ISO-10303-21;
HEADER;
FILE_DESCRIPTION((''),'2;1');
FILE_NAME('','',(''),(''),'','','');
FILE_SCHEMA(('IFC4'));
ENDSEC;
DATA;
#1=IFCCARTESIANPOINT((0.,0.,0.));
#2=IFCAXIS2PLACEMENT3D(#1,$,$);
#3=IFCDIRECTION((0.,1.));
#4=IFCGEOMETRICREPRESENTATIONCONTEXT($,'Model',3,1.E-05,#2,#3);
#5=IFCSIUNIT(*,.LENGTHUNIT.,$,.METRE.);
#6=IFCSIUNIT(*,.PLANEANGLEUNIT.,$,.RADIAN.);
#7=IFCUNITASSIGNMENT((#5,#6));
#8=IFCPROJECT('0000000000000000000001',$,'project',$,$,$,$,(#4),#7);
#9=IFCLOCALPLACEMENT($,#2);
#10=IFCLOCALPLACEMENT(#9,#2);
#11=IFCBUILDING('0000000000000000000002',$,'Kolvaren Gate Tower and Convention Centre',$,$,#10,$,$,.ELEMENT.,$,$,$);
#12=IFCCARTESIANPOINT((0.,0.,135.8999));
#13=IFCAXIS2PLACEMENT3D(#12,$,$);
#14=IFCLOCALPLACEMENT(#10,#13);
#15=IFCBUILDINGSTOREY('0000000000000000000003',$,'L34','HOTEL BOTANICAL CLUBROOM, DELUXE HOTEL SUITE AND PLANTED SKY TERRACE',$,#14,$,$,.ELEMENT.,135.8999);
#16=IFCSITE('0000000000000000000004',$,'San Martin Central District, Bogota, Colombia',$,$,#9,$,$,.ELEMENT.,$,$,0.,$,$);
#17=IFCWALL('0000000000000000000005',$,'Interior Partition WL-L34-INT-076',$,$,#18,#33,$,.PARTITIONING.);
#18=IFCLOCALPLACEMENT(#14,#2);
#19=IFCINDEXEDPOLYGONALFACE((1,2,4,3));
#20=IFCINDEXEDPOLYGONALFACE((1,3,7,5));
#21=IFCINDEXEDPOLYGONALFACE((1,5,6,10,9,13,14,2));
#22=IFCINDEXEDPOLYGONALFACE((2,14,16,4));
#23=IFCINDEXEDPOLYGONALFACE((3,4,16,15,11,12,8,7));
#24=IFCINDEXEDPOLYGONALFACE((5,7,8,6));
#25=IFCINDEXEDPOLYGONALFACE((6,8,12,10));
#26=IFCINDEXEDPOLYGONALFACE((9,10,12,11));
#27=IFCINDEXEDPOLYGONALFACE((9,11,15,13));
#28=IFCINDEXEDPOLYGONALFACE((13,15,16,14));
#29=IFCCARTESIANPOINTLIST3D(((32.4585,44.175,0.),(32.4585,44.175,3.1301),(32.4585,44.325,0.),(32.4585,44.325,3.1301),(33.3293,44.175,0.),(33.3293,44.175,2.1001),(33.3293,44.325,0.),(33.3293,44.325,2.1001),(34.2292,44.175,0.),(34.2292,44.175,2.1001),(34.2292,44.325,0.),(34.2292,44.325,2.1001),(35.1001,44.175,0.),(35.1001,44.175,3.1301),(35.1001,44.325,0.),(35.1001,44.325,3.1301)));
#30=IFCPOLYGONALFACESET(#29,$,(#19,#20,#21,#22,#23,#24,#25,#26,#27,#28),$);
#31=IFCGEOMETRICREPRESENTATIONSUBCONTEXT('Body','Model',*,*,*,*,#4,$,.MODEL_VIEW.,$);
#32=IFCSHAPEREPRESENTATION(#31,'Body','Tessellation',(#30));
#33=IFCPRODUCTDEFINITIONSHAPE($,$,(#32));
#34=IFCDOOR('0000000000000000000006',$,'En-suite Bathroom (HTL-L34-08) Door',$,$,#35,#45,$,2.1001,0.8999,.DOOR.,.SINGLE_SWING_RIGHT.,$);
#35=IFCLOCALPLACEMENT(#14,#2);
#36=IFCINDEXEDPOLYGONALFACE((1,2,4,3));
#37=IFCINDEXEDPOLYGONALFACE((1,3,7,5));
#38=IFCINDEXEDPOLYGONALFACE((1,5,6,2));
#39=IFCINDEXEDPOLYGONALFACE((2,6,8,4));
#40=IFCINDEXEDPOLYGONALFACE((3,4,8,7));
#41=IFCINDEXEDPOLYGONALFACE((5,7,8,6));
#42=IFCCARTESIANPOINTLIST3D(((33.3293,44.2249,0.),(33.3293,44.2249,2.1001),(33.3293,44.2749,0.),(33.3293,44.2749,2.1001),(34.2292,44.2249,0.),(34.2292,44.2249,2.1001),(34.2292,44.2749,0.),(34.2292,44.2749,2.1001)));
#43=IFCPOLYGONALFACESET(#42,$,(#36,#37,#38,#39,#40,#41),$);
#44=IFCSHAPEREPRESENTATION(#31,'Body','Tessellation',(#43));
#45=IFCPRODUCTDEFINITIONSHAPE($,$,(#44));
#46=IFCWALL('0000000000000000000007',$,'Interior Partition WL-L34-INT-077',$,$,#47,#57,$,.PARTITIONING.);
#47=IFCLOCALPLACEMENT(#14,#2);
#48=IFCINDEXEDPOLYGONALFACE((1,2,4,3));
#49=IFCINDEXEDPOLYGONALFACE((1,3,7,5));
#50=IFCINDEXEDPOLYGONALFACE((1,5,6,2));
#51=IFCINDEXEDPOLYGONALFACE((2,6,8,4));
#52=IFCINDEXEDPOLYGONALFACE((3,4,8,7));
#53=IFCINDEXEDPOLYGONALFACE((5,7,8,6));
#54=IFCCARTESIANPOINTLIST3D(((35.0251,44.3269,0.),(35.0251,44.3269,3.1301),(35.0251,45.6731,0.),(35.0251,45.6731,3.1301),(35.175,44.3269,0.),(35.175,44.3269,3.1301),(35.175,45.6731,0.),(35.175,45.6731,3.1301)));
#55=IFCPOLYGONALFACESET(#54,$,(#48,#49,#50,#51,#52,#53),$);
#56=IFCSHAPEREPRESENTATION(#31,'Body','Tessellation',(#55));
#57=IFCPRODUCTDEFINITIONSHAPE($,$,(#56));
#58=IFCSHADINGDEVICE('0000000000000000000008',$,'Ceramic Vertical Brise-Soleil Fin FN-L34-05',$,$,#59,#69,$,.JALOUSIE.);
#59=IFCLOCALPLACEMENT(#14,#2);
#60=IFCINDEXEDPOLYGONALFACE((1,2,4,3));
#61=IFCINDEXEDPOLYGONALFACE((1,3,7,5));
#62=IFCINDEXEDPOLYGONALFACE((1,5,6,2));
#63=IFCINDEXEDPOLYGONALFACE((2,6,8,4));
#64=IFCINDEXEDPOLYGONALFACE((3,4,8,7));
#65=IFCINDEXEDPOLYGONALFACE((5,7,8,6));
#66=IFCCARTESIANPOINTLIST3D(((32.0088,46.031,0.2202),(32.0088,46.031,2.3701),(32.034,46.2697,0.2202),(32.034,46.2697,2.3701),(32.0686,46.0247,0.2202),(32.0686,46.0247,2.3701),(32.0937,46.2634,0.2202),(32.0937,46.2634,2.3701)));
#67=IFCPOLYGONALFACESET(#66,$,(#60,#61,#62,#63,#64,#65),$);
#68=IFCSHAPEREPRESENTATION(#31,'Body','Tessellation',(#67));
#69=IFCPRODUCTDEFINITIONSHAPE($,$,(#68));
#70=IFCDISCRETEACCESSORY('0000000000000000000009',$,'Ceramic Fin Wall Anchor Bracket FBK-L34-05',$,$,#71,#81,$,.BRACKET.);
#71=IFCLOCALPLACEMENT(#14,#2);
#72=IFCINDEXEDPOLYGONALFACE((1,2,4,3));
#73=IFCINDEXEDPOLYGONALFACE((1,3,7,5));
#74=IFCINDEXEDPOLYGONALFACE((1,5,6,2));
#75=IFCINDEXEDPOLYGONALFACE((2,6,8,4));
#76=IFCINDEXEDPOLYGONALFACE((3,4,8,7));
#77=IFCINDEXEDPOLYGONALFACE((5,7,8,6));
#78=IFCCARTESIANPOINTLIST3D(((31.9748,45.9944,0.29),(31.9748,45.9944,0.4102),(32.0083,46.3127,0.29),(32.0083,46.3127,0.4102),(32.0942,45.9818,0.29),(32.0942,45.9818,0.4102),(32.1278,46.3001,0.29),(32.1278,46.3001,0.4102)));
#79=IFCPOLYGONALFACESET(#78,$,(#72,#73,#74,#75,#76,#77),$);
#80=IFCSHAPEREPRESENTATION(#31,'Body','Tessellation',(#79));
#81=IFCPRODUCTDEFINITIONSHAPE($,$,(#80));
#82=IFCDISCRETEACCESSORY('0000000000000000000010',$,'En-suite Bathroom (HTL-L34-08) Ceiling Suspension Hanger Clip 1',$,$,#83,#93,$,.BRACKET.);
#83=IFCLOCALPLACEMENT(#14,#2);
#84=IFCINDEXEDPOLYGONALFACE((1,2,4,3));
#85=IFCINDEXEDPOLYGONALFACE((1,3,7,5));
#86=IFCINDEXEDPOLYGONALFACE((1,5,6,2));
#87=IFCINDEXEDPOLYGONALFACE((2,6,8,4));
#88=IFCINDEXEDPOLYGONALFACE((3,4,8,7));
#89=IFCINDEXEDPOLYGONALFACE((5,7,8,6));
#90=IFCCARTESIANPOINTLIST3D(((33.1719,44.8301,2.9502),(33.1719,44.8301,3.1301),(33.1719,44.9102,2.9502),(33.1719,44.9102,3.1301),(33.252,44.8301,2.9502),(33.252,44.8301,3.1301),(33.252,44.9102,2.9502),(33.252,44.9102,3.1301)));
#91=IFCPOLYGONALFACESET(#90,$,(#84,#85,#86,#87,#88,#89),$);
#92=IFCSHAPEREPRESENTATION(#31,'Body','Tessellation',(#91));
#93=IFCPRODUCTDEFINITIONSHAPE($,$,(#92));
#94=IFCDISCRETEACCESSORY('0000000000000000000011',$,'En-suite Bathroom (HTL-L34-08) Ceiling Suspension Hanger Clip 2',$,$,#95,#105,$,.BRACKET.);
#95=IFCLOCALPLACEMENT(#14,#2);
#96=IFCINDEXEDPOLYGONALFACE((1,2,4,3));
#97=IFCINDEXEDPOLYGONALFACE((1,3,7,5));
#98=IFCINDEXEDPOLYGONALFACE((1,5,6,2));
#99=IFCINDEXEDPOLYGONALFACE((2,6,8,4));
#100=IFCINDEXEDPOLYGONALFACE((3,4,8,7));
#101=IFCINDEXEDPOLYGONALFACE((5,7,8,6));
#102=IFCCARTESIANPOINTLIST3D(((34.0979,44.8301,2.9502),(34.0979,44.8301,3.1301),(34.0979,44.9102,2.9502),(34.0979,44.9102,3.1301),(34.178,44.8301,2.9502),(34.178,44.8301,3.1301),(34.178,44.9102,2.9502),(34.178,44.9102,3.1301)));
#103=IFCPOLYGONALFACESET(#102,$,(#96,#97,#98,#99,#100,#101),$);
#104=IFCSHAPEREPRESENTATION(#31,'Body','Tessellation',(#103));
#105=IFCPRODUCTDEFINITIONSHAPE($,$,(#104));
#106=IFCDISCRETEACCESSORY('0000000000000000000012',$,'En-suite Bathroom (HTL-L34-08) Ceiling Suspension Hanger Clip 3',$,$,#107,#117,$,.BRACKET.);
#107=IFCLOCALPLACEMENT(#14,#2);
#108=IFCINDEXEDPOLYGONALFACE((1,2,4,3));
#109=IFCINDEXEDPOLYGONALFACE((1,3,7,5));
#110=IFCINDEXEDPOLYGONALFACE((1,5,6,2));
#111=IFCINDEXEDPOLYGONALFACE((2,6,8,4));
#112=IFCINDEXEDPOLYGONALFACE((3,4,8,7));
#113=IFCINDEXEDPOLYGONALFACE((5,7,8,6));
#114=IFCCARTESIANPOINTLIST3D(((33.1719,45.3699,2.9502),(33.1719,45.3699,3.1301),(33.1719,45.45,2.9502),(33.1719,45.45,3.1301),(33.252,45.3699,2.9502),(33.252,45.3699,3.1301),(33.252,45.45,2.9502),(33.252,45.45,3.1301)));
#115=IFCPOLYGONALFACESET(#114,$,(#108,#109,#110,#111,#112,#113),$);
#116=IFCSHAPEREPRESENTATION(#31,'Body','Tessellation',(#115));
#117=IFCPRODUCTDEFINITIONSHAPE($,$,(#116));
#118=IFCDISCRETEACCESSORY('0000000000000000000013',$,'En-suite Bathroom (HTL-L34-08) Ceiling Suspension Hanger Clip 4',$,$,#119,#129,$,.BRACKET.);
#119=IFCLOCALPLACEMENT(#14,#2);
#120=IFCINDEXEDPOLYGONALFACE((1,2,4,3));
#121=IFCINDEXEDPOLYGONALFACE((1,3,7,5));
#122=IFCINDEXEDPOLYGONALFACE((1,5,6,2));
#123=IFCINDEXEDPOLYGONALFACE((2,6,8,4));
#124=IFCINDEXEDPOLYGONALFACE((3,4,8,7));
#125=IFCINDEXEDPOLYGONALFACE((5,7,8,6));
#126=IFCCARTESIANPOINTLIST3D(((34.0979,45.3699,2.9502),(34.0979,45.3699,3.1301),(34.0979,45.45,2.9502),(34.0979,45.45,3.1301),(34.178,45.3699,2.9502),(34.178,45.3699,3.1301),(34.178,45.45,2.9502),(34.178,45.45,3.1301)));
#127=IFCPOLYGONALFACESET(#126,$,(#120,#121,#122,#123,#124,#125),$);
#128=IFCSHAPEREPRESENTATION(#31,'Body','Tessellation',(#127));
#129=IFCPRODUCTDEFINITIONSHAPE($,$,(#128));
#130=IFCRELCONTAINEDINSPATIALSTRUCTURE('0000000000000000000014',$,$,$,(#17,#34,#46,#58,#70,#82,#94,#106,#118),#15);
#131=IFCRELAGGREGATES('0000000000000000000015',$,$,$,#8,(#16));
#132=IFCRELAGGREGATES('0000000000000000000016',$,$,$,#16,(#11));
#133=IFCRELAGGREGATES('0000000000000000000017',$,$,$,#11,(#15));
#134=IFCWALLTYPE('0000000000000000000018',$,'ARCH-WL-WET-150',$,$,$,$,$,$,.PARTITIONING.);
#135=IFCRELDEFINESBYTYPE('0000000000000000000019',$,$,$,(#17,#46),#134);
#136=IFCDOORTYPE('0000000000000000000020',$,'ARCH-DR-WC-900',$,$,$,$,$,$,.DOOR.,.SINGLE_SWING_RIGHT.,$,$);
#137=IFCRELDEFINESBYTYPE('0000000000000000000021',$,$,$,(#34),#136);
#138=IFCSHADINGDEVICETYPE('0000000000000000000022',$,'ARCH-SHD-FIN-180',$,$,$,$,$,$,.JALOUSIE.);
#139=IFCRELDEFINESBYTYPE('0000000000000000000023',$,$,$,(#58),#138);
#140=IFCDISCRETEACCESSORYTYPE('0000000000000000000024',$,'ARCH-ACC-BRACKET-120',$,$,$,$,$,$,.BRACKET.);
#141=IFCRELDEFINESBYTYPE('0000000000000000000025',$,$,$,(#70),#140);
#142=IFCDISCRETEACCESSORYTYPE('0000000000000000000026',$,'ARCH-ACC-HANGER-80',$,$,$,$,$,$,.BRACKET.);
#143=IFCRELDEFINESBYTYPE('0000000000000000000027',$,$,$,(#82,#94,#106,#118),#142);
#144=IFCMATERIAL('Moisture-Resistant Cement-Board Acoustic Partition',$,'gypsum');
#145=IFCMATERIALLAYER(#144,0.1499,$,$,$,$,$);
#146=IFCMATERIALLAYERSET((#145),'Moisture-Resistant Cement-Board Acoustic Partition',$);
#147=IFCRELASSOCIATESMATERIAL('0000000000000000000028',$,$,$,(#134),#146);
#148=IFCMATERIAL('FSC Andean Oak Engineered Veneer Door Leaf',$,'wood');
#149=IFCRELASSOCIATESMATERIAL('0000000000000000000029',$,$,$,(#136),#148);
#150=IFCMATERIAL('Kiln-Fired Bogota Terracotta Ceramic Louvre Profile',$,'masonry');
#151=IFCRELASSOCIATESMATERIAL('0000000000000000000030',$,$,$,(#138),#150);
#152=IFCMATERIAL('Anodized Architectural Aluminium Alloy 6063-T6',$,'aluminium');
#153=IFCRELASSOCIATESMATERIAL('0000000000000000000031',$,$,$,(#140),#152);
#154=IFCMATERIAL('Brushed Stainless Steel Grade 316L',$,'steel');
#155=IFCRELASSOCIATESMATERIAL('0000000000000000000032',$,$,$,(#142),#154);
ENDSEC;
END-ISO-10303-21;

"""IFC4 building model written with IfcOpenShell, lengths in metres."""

from ifc_helpers import new_model, si_unit, direction, frame, frame_2d, origin, origin_2d, place, context, subcontext, project, spatial, rectangle, extrude, material, layer, layer_set, type_object, element, fill, save


model = new_model("IFC4")

# Units and contexts
model_context = context("Model", 3, precision=1e-05, world=origin(), true_north=direction((0.0, 1.0)))
body_context = subcontext(model_context, "Body", "Model", "MODEL_VIEW")
ifc_project = project(units=[si_unit("LENGTHUNIT", "METRE"), si_unit("PLANEANGLEUNIT", "RADIAN")], contexts=[model_context])

# Site, building, storey
site_placement = place(None, origin())
site = spatial("IfcSite", under=ifc_project, at=site_placement, Name="San Martin Central District, Bogota, Colombia", CompositionType="ELEMENT", RefElevation=0.0)
building_placement = place(site_placement, origin())
building = spatial("IfcBuilding", under=site, at=building_placement, Name="Kolvaren Gate Tower and Convention Centre", CompositionType="ELEMENT")
storey_placement = place(building_placement, frame((0.0, 0.0, 135.8999)))
storey = spatial("IfcBuildingStorey", under=building, at=storey_placement, Name="L34", Description="HOTEL BOTANICAL CLUBROOM, DELUXE HOTEL SUITE AND PLANTED SKY TERRACE", CompositionType="ELEMENT", Elevation=135.8999)

# Shared definitions
ifc_material_1 = material(Name="Anodized Architectural Aluminium Alloy 6063-T6", Category="aluminium")

# Wall, opening, door
ifc_material_2 = material(Name="Moisture-Resistant Cement-Board Acoustic Partition", Category="gypsum")
ifc_layer_1 = layer(ifc_material_2, 0.1499)
ifc_layer_set_1 = layer_set([ifc_layer_1], Name="Moisture-Resistant Cement-Board Acoustic Partition")
wall_type_1 = type_object("IfcWallType", Name="ARCH-WL-WET-150", PredefinedType="PARTITIONING", material=ifc_layer_set_1)
wall_1_placement = place(storey_placement, frame((32.4585, 44.25, 0.0), z_axis=(0.0, 0.0, 1.0), x_axis=(1.0, 0.0, 0.0)))
wall_1 = element("IfcWall", 1, at=wall_1_placement, inside=storey, type_object=wall_type_1, Name="Interior Partition WL-L34-INT-076", PredefinedType="PARTITIONING", context=body_context, shape_type="SweptSolid", body=[
    extrude(rectangle(XDim=2.6416, YDim=0.1499, at=frame_2d((1.3208, 0.0))), origin(), (0.0, 0.0, 1.0), 3.1301),
])
opening_1_placement = place(wall_1_placement, frame((0.8708, 0.0, 0.0)))
opening_1 = element("IfcOpeningElement", 2, at=opening_1_placement, cuts=wall_1, PredefinedType="OPENING", context=body_context, shape_type="SweptSolid", body=[
    extrude(rectangle(XDim=0.8999, YDim=2.1001, at=frame_2d((0.45, 1.05))), frame((0.0, 0.085, 0.0), z_axis=(0.0, -1.0, 0.0), x_axis=(1.0, 0.0, 0.0)), (0.0, 0.0, 1.0), 0.1699),
])
ifc_material_3 = material(Name="FSC Andean Oak Engineered Veneer Door Leaf", Category="wood")
door_type_1 = type_object("IfcDoorType", Name="ARCH-DR-WC-900", OperationType="SINGLE_SWING_RIGHT", PredefinedType="DOOR", material=ifc_material_3)
door_1_placement = place(opening_1_placement, origin())
door_1 = element("IfcDoor", 3, at=door_1_placement, inside=storey, type_object=door_type_1, Name="En-suite Bathroom (HTL-L34-08) Door", OperationType="SINGLE_SWING_RIGHT", OverallHeight=2.1001, OverallWidth=0.8999, PredefinedType="DOOR", context=body_context, shape_type="SweptSolid", body=[
    extrude(rectangle(XDim=0.8999, YDim=2.1001, at=frame_2d((0.45, 1.05))), frame((0.0, 0.0249, 0.0), z_axis=(0.0, -1.0, 0.0), x_axis=(1.0, 0.0, 0.0)), (0.0, 0.0, 1.0), 0.05),
])
fill(opening_1, door_1)

# Wall
wall_2_placement = place(storey_placement, frame((35.1001, 44.3269, 0.0), z_axis=(0.0, 0.0, 1.0), x_axis=(0.0, 1.0, 0.0)))
element("IfcWall", 4, at=wall_2_placement, inside=storey, type_object=wall_type_1, Name="Interior Partition WL-L34-INT-077", PredefinedType="PARTITIONING", context=body_context, shape_type="SweptSolid", body=[
    extrude(rectangle(XDim=1.3462, YDim=0.1499, at=frame_2d((0.6731, 0.0))), origin(), (0.0, 0.0, 1.0), 3.1301),
])

# Shading device
ifc_material_4 = material(Name="Kiln-Fired Bogota Terracotta Ceramic Louvre Profile", Category="masonry")
shading_device_type = type_object("IfcShadingDeviceType", Name="ARCH-SHD-FIN-180", PredefinedType="JALOUSIE", material=ifc_material_4)
shading_device_placement = place(storey_placement, frame((32.0513, 46.1472, 0.2202), z_axis=(0.0, 0.0, 1.0), x_axis=(0.9945, -0.104737, 0.0)))
element("IfcShadingDevice", 5, at=shading_device_placement, inside=storey, type_object=shading_device_type, Name="Ceramic Vertical Brise-Soleil Fin FN-L34-05", PredefinedType="JALOUSIE", context=body_context, shape_type="SweptSolid", body=[
    extrude(rectangle(XDim=0.0601, YDim=0.24, at=origin_2d()), origin(), (0.0, 0.0, 1.0), 2.1499),
])

# Discrete accessories
discrete_accessory_type_1 = type_object("IfcDiscreteAccessoryType", Name="ARCH-ACC-BRACKET-120", PredefinedType="BRACKET", material=ifc_material_1)
discrete_accessory_placement = place(storey_placement, frame((32.0513, 46.1472, 0.29), z_axis=(0.0, 0.0, 1.0), x_axis=(0.9945, -0.104737, 0.0)))
element("IfcDiscreteAccessory", 6, at=discrete_accessory_placement, inside=storey, type_object=discrete_accessory_type_1, Name="Ceramic Fin Wall Anchor Bracket FBK-L34-05", PredefinedType="BRACKET", context=body_context, shape_type="SweptSolid", body=[
    extrude(rectangle(XDim=0.1201, YDim=0.3201, at=origin_2d()), origin(), (0.0, 0.0, 1.0), 0.1201),
])
ifc_material_5 = material(Name="Brushed Stainless Steel Grade 316L", Category="steel")
discrete_accessory_type_2 = type_object("IfcDiscreteAccessoryType", Name="ARCH-ACC-HANGER-80", PredefinedType="BRACKET", material=ifc_material_5)
for number, where, z_axis, x_axis, name in (
    (7, (33.2119, 44.8701, 2.9502), (0.0, 0.0, 1.0), (1.0, 0.0, 0.0), "En-suite Bathroom (HTL-L34-08) Ceiling Suspension Hanger Clip 1"),
    (8, (34.1379, 44.8701, 2.9502), (0.0, 0.0, 1.0), (1.0, 0.0, 0.0), "En-suite Bathroom (HTL-L34-08) Ceiling Suspension Hanger Clip 2"),
    (9, (33.2119, 45.4099, 2.9502), (0.0, 0.0, 1.0), (1.0, 0.0, 0.0), "En-suite Bathroom (HTL-L34-08) Ceiling Suspension Hanger Clip 3"),
    (10, (34.1379, 45.4099, 2.9502), (0.0, 0.0, 1.0), (1.0, 0.0, 0.0), "En-suite Bathroom (HTL-L34-08) Ceiling Suspension Hanger Clip 4"),
):
    element("IfcDiscreteAccessory", number, at=place(storey_placement, frame(where, z_axis=z_axis, x_axis=x_axis)), inside=storey, type_object=discrete_accessory_type_2, Name=name, PredefinedType="BRACKET", context=body_context, shape_type="SweptSolid", body=[
        extrude(rectangle(XDim=0.0801, YDim=0.0801, at=origin_2d()), origin(), (0.0, 0.0, 1.0), 0.1799),
    ])

save(model, "model.ifc")
